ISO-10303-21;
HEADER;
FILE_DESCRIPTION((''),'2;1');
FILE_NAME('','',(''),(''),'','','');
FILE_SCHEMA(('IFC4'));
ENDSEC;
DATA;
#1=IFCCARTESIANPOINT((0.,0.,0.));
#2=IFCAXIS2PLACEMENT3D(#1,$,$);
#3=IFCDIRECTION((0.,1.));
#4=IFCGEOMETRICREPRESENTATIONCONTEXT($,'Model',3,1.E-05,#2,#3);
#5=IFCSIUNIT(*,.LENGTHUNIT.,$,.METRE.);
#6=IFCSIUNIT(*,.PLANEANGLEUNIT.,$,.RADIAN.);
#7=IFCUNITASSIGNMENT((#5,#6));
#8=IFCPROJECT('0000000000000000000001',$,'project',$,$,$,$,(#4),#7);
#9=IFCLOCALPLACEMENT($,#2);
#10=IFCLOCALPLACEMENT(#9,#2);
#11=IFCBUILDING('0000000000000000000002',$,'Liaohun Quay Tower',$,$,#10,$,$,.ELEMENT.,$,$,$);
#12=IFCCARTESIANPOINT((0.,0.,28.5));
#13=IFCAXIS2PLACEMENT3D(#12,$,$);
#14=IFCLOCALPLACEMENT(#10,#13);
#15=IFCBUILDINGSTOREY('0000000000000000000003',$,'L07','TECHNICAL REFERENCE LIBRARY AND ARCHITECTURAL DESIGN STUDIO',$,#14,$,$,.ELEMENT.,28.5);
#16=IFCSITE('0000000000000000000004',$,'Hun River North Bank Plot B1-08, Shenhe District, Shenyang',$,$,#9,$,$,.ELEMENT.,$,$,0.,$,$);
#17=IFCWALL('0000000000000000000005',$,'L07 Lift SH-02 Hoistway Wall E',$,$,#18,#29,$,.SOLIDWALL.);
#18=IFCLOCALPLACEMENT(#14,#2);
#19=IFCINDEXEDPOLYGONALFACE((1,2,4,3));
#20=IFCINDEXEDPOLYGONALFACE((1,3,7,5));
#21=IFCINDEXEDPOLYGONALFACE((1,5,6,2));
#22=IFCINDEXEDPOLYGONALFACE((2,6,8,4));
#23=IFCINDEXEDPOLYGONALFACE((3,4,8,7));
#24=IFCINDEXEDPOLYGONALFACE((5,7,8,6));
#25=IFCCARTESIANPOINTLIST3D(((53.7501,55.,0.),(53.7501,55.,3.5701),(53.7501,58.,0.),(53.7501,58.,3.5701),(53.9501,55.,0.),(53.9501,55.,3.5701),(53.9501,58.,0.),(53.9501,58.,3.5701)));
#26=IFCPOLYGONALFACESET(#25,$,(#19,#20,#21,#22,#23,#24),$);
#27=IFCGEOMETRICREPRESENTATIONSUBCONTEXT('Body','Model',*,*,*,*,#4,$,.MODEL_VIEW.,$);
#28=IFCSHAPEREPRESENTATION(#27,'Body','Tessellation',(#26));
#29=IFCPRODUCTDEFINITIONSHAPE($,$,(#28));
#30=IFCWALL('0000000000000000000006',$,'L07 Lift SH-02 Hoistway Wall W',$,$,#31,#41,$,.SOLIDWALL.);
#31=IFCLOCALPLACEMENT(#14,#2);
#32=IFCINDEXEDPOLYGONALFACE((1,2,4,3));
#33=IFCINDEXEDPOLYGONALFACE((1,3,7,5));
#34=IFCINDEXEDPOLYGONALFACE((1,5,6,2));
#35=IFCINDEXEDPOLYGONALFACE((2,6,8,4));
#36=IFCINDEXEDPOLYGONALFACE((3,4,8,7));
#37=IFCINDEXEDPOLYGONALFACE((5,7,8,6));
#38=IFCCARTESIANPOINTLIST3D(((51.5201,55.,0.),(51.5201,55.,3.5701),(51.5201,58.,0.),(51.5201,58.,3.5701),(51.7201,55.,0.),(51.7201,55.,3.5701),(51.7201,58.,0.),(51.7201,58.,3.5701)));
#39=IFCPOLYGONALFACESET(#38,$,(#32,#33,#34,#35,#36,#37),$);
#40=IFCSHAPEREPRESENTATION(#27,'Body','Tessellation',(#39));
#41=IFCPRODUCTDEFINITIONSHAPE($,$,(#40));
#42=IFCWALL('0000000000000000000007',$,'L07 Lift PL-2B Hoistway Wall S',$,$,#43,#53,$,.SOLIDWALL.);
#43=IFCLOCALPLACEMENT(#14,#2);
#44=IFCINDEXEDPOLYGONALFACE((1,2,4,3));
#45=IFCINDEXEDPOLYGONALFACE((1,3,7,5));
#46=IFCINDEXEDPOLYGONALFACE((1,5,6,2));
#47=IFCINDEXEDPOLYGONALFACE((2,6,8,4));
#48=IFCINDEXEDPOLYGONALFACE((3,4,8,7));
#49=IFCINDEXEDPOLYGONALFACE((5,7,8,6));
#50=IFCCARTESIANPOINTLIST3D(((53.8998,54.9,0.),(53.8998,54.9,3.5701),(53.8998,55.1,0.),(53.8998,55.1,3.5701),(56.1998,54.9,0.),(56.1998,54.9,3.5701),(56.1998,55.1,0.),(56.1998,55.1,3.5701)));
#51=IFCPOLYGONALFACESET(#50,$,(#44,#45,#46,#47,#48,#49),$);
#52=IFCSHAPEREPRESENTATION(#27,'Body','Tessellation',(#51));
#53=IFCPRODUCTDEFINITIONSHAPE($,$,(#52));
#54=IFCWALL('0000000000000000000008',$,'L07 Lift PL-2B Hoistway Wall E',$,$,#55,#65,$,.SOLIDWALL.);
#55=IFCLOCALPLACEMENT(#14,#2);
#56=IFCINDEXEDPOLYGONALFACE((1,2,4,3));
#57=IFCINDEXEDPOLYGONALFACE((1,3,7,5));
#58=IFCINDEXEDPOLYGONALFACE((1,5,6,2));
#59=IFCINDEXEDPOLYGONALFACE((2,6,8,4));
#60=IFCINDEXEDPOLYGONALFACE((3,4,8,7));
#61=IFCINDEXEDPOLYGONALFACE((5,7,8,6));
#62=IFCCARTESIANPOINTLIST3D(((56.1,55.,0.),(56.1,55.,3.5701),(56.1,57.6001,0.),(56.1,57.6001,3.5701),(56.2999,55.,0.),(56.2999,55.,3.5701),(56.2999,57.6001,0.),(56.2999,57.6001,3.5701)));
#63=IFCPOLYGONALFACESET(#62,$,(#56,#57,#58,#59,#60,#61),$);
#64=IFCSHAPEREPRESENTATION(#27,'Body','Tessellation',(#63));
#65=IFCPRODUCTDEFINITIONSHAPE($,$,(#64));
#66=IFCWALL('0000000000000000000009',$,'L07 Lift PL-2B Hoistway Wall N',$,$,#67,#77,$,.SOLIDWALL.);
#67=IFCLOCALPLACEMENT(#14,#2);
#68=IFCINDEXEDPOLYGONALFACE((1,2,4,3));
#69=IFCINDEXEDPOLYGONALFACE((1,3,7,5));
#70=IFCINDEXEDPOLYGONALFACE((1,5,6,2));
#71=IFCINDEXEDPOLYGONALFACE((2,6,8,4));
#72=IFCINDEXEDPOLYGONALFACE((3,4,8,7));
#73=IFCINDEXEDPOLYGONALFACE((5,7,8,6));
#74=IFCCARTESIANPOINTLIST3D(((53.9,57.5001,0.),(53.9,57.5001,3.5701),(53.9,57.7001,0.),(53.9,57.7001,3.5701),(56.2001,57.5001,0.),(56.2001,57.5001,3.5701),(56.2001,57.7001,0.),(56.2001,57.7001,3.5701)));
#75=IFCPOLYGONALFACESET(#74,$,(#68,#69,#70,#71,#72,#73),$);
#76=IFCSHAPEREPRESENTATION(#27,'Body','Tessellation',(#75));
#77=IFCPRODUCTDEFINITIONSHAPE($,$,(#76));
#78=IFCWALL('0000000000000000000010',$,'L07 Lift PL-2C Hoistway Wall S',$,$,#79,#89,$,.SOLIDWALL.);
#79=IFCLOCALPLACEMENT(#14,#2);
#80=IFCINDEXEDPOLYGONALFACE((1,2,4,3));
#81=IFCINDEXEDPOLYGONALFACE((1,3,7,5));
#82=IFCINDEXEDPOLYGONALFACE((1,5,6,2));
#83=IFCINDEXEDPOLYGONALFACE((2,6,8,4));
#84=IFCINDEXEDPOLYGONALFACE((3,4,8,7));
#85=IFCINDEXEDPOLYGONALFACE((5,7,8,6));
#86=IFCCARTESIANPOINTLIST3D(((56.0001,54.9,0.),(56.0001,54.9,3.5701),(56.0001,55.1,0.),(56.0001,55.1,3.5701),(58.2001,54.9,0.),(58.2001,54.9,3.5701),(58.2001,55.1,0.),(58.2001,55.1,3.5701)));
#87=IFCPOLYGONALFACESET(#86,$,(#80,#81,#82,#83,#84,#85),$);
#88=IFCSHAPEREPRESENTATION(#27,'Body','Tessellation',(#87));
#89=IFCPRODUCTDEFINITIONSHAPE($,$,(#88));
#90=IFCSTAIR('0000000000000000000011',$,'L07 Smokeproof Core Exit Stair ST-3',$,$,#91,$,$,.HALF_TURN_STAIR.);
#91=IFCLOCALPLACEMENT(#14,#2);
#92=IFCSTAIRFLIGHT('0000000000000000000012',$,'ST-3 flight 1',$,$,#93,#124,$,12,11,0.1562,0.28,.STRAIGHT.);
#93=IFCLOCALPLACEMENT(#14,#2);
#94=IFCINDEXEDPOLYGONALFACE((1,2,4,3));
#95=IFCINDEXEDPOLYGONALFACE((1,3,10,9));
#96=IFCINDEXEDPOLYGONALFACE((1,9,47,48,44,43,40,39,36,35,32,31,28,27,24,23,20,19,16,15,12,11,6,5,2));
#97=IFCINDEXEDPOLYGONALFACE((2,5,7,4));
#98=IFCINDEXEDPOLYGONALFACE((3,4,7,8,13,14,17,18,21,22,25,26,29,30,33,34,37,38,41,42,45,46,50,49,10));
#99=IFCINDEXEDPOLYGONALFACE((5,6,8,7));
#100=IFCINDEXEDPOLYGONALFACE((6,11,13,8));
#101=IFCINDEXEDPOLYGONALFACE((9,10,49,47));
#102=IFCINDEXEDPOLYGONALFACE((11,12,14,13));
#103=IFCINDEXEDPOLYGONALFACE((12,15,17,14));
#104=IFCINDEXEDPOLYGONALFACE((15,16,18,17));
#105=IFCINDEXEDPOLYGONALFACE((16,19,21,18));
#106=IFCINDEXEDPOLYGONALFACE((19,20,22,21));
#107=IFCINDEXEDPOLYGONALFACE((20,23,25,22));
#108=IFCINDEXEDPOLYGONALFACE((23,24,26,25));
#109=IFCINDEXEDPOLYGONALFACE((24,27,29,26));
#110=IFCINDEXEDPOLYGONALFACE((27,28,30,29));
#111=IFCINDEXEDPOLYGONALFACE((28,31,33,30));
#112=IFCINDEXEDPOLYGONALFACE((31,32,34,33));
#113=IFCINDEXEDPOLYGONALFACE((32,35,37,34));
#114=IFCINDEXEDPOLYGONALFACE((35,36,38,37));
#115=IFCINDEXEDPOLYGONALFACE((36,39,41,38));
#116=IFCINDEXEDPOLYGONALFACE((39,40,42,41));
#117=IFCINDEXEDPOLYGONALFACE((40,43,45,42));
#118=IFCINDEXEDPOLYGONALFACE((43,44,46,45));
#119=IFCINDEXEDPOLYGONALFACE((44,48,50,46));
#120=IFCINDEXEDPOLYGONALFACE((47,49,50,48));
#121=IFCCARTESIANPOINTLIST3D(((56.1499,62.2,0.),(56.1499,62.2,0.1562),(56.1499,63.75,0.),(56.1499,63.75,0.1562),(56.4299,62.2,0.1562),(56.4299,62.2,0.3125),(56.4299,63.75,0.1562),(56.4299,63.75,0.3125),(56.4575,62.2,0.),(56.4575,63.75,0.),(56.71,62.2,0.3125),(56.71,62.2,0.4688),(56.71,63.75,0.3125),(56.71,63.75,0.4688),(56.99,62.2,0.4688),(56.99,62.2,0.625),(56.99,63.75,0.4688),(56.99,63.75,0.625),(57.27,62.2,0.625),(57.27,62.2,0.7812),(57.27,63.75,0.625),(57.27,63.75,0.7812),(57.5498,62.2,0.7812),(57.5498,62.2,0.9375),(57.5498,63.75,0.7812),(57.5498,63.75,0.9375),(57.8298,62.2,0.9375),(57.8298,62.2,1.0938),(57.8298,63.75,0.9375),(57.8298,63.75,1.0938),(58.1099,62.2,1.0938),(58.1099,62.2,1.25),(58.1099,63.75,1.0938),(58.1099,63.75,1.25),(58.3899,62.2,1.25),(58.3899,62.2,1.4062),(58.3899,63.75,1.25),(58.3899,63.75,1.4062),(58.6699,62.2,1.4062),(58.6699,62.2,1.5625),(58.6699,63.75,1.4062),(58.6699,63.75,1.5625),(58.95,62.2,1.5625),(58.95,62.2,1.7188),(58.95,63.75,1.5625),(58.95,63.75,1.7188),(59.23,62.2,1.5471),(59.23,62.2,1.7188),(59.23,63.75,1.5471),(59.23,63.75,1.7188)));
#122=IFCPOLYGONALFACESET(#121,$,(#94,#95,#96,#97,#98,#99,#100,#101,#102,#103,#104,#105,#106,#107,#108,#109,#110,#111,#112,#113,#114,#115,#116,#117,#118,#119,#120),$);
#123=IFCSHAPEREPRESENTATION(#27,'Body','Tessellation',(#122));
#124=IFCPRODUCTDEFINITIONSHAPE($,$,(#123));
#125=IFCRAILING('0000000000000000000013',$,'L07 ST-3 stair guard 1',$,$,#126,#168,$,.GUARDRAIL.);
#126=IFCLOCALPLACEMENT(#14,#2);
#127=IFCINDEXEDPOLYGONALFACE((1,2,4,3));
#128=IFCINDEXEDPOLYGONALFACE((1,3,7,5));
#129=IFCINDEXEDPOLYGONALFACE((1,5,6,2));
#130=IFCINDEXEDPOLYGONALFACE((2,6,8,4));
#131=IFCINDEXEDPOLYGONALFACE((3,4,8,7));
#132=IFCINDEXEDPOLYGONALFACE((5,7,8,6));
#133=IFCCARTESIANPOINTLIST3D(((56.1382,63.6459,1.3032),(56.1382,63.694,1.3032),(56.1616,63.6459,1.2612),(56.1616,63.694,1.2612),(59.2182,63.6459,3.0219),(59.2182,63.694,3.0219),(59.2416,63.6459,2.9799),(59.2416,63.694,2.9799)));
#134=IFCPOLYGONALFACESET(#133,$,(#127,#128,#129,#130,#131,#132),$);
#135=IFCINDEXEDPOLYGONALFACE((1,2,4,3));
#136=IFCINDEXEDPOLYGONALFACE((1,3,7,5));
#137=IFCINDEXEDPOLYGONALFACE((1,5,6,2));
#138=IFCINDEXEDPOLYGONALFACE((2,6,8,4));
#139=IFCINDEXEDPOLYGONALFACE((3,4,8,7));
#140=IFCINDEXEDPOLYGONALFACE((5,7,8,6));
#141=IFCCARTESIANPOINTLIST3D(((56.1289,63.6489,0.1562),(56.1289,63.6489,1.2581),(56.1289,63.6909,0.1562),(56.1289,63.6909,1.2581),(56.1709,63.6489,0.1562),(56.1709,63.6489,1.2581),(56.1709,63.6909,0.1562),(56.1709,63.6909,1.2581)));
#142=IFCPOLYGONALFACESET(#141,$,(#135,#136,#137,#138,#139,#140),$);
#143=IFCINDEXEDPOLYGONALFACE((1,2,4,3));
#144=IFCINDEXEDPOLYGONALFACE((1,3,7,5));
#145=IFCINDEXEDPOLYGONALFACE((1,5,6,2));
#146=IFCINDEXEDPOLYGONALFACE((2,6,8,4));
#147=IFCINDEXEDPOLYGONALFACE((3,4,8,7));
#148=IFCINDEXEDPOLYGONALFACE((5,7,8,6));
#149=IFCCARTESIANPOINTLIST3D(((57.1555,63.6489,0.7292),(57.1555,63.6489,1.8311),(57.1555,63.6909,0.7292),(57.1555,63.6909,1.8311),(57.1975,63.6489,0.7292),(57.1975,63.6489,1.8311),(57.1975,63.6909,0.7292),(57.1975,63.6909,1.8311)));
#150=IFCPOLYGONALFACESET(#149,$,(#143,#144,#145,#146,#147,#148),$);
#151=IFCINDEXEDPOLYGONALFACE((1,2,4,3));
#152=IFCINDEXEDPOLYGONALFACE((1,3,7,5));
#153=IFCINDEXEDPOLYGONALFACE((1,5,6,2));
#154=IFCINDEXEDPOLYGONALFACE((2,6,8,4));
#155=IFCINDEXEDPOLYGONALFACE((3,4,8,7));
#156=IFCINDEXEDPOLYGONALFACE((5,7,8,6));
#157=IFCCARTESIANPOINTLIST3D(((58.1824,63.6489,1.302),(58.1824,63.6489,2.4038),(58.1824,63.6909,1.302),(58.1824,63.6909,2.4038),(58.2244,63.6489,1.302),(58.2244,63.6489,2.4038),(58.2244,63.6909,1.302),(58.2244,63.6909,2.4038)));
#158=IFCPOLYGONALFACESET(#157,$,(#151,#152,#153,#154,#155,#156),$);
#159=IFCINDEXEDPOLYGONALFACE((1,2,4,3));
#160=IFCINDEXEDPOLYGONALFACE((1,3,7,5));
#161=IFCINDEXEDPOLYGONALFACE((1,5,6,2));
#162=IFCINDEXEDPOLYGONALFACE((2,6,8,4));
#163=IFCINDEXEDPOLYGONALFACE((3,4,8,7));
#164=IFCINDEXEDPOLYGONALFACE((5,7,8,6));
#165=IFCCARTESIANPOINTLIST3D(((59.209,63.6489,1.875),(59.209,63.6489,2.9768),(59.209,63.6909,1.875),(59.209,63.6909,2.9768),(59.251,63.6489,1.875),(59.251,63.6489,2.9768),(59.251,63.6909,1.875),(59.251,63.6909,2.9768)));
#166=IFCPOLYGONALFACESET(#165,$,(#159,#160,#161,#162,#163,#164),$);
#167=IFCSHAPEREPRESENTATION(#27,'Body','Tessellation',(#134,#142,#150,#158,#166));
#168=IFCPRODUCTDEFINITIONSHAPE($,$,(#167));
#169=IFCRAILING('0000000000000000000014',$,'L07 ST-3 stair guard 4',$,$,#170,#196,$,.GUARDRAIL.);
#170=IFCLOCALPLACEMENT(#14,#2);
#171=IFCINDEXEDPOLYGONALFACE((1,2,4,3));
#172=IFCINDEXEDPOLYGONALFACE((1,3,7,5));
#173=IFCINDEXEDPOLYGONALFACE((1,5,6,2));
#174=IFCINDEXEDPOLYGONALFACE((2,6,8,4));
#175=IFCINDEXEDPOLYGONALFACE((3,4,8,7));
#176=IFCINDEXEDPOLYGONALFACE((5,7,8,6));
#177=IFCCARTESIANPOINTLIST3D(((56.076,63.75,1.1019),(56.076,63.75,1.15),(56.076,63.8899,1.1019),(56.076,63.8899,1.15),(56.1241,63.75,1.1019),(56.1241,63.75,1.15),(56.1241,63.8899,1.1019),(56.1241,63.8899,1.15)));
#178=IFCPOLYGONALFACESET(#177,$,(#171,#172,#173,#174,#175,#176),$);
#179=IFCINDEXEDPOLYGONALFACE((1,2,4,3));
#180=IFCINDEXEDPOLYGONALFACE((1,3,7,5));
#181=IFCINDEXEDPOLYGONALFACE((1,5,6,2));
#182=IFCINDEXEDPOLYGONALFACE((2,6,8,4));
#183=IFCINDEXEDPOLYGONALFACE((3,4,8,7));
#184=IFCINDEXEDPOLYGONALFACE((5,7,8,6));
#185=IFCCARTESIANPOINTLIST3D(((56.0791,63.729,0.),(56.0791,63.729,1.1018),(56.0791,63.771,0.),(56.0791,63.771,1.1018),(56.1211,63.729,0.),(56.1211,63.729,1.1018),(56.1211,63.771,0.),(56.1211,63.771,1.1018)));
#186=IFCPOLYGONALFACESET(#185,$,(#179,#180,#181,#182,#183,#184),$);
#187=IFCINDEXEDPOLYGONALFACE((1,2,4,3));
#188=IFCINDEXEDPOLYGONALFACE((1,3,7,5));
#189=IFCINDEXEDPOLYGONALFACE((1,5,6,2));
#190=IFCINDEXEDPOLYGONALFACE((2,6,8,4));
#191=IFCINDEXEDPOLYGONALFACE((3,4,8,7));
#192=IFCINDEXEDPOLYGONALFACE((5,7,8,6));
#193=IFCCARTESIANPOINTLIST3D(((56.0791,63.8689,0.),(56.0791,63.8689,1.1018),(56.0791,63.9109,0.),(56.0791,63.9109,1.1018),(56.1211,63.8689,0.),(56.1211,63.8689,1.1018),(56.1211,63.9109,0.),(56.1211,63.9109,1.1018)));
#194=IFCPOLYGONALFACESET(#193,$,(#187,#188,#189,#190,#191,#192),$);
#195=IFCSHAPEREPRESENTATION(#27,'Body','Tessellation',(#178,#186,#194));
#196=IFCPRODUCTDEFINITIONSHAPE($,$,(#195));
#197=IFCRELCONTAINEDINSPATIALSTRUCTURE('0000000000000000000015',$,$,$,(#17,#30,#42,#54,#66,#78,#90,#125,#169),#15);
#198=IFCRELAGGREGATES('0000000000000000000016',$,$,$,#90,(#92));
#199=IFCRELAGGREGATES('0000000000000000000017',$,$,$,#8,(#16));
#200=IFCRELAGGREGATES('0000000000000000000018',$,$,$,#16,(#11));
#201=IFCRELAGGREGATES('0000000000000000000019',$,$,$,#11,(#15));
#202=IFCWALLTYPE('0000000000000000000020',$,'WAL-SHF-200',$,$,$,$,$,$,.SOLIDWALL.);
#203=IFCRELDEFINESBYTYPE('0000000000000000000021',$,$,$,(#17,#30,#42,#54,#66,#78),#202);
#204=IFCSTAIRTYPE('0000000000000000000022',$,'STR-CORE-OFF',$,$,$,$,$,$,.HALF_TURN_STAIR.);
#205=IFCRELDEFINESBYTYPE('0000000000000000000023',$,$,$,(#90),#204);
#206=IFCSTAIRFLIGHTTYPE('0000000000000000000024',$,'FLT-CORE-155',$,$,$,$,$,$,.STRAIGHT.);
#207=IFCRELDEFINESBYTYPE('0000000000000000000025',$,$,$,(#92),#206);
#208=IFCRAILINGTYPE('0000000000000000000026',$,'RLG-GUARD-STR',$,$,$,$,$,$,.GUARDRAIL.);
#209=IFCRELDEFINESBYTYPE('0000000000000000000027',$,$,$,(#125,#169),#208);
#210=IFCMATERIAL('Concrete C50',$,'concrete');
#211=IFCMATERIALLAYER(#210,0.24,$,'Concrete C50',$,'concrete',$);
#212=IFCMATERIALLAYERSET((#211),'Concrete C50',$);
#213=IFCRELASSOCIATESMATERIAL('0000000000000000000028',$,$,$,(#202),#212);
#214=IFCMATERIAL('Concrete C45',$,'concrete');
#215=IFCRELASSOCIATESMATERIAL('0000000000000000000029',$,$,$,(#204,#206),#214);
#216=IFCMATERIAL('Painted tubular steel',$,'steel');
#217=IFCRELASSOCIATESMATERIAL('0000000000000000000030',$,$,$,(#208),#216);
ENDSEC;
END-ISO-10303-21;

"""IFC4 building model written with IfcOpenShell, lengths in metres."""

from ifc_helpers import new_model, si_unit, direction, frame, frame_2d, origin, origin_2d, place, context, subcontext, project, spatial, polyline, rectangle, outline, extrude, material, layer, layer_set, type_object, element, aggregate, save


model = new_model("IFC4")

# Units and contexts
model_context = context("Model", 3, precision=1e-05, world=origin(), true_north=direction((0.0, 1.0)))
body_context = subcontext(model_context, "Body", "Model", "MODEL_VIEW")
ifc_project = project(units=[si_unit("LENGTHUNIT", "METRE"), si_unit("PLANEANGLEUNIT", "RADIAN")], contexts=[model_context])

# Site, building, storey
site_placement = place(None, origin())
site = spatial("IfcSite", under=ifc_project, at=site_placement, Name="Hun River North Bank Plot B1-08, Shenhe District, Shenyang", CompositionType="ELEMENT", RefElevation=0.0)
building_placement = place(site_placement, origin())
building = spatial("IfcBuilding", under=site, at=building_placement, Name="Liaohun Quay Tower", CompositionType="ELEMENT")
storey_placement = place(building_placement, frame((0.0, 0.0, 28.5)))
storey = spatial("IfcBuildingStorey", under=building, at=storey_placement, Name="L07", Description="TECHNICAL REFERENCE LIBRARY AND ARCHITECTURAL DESIGN STUDIO", CompositionType="ELEMENT", Elevation=28.5)

# Walls
ifc_material_1 = material(Name="Concrete C50", Category="concrete")
ifc_layer_1 = layer(ifc_material_1, 0.24, Name="Concrete C50", Category="concrete")
ifc_layer_set_1 = layer_set([ifc_layer_1], Name="Concrete C50")
wall_type_1 = type_object("IfcWallType", Name="WAL-SHF-200", PredefinedType="SOLIDWALL", material=ifc_layer_set_1)
for number, where, z_axis, x_axis, name in (
    (1, (53.8501, 55.0, 0.0), (0.0, 0.0, 1.0), (0.0, 1.0, 0.0), "L07 Lift SH-02 Hoistway Wall E"),
    (2, (51.6201, 58.0, 0.0), (0.0, 0.0, 1.0), (0.0, -1.0, 0.0), "L07 Lift SH-02 Hoistway Wall W"),
):
    element("IfcWall", number, at=place(storey_placement, frame(where, z_axis=z_axis, x_axis=x_axis)), inside=storey, type_object=wall_type_1, Name=name, PredefinedType="SOLIDWALL", context=body_context, shape_type="SweptSolid", body=[
        extrude(rectangle(XDim=3.0, YDim=0.2, at=frame_2d((1.5, 0.0))), origin(), (0.0, 0.0, 1.0), 3.5701),
    ])
wall_1_placement = place(storey_placement, frame((53.8999, 55.0, 0.0), z_axis=(0.0, 0.0, 1.0), x_axis=(1.0, 0.0, 0.0)))
element("IfcWall", 3, at=wall_1_placement, inside=storey, type_object=wall_type_1, Name="L07 Lift PL-2B Hoistway Wall S", PredefinedType="SOLIDWALL", context=body_context, shape_type="SweptSolid", body=[
    extrude(rectangle(XDim=2.3, YDim=0.2, at=frame_2d((1.1499, 0.0))), origin(), (0.0, 0.0, 1.0), 3.5701),
])
wall_2_placement = place(storey_placement, frame((56.2, 55.0, 0.0), z_axis=(0.0, 0.0, 1.0), x_axis=(0.0, 1.0, 0.0)))
element("IfcWall", 4, at=wall_2_placement, inside=storey, type_object=wall_type_1, Name="L07 Lift PL-2B Hoistway Wall E", PredefinedType="SOLIDWALL", context=body_context, shape_type="SweptSolid", body=[
    extrude(rectangle(XDim=2.6001, YDim=0.2, at=frame_2d((1.3, 0.0))), origin(), (0.0, 0.0, 1.0), 3.5701),
])
wall_3_placement = place(storey_placement, frame((56.2, 57.6001, 0.0), z_axis=(0.0, 0.0, 1.0), x_axis=(-1.0, 0.0, 0.0)))
element("IfcWall", 5, at=wall_3_placement, inside=storey, type_object=wall_type_1, Name="L07 Lift PL-2B Hoistway Wall N", PredefinedType="SOLIDWALL", context=body_context, shape_type="SweptSolid", body=[
    extrude(rectangle(XDim=2.3, YDim=0.2, at=frame_2d((1.1499, 0.0))), origin(), (0.0, 0.0, 1.0), 3.5701),
])
wall_4_placement = place(storey_placement, frame((56.0, 55.0, 0.0), z_axis=(0.0, 0.0, 1.0), x_axis=(1.0, 0.0, 0.0)))
element("IfcWall", 6, at=wall_4_placement, inside=storey, type_object=wall_type_1, Name="L07 Lift PL-2C Hoistway Wall S", PredefinedType="SOLIDWALL", context=body_context, shape_type="SweptSolid", body=[
    extrude(rectangle(XDim=2.2, YDim=0.2, at=frame_2d((1.1001, 0.0))), origin(), (0.0, 0.0, 1.0), 3.5701),
])

# Stair, stair flight
ifc_material_2 = material(Name="Concrete C45", Category="concrete")
stair_type = type_object("IfcStairType", Name="STR-CORE-OFF", PredefinedType="HALF_TURN_STAIR", material=ifc_material_2)
stair_placement = place(storey_placement, origin())
stair = element("IfcStair", 7, at=stair_placement, inside=storey, type_object=stair_type, Name="L07 Smokeproof Core Exit Stair ST-3", PredefinedType="HALF_TURN_STAIR")
stair_flight_type = type_object("IfcStairFlightType", Name="FLT-CORE-155", PredefinedType="STRAIGHT", material=ifc_material_2)
stair_flight_placement = place(storey_placement, frame((56.1499, 62.9751, 0.0), z_axis=(0.0, 0.0, 1.0), x_axis=(1.0, 0.0, 0.0)))
stair_flight = element("IfcStairFlight", 8, at=stair_flight_placement, type_object=stair_flight_type, Name="ST-3 flight 1", NumberOfRisers=12, NumberOfTreads=11, PredefinedType="STRAIGHT", RiserHeight=0.1562, TreadLength=0.28, context=body_context, shape_type="SweptSolid", body=[
    extrude(outline(polyline([(0.0, 0.0), (0.0, 0.1562), (0.28, 0.1562), (0.28, 0.3125), (0.5601, 0.3125), (0.5601, 0.4688), (0.8401, 0.4688), (0.8401, 0.625), (1.1201, 0.625), (1.1201, 0.7812), (1.3999, 0.7812), (1.3999, 0.9375), (1.6799, 0.9375), (1.6799, 1.0938), (1.96, 1.0938), (1.96, 1.25), (2.24, 1.25), (2.24, 1.4062), (2.52, 1.4062), (2.52, 1.5625), (2.8, 1.5625), (2.8, 1.7188), (3.0801, 1.7188), (3.0801, 1.875), (3.0801, 1.5471), (0.3076, 0.0), (0.0, 0.0)])), frame((0.0, 0.7749, 0.0), z_axis=(0.0, -1.0, 0.0), x_axis=(1.0, 0.0, 0.0)), (0.0, 0.0, 1.0), 1.55),
])
aggregate(stair, [stair_flight])

# Railings
ifc_material_3 = material(Name="Painted tubular steel", Category="steel")
railing_type_1 = type_object("IfcRailingType", Name="RLG-GUARD-STR", PredefinedType="GUARDRAIL", material=ifc_material_3)
railing_1_placement = place(storey_placement, frame((56.1499, 63.6699, 0.1562)))
element("IfcRailing", 9, at=railing_1_placement, inside=storey, type_object=railing_type_1, Name="L07 ST-3 stair guard 1", PredefinedType="GUARDRAIL", context=body_context, shape_type="SweptSolid", body=[
    extrude(rectangle(XDim=0.0481, YDim=0.0481, at=origin_2d()), frame((0.0, 0.0, 1.126), z_axis=(0.873242, 0.0, 0.487288), x_axis=(0.0, 1.0, 0.0)), (0.0, 0.0, 1.0), 3.5271),
    extrude(rectangle(XDim=0.042, YDim=0.042, at=origin_2d()), origin(), (0.0, 0.0, 1.0), 1.1018),
    extrude(rectangle(XDim=0.042, YDim=0.042, at=origin_2d()), frame((1.0266, 0.0, 0.573)), (0.0, 0.0, 1.0), 1.1018),
    extrude(rectangle(XDim=0.042, YDim=0.042, at=origin_2d()), frame((2.0535, 0.0, 1.1458)), (0.0, 0.0, 1.0), 1.1018),
    extrude(rectangle(XDim=0.042, YDim=0.042, at=origin_2d()), frame((3.0801, 0.0, 1.7188)), (0.0, 0.0, 1.0), 1.1018),
])
railing_2_placement = place(storey_placement, frame((56.1001, 63.75, 0.0)))
element("IfcRailing", 10, at=railing_2_placement, inside=storey, type_object=railing_type_1, Name="L07 ST-3 stair guard 4", PredefinedType="GUARDRAIL", context=body_context, shape_type="SweptSolid", body=[
    extrude(rectangle(XDim=0.0481, YDim=0.0481, at=origin_2d()), frame((0.0, 0.0, 1.126), z_axis=(0.0, 1.0, 0.0), x_axis=(-1.0, 0.0, 0.0)), (0.0, 0.0, 1.0), 0.1399),
    extrude(rectangle(XDim=0.042, YDim=0.042, at=origin_2d()), origin(), (0.0, 0.0, 1.0), 1.1018),
    extrude(rectangle(XDim=0.042, YDim=0.042, at=origin_2d()), frame((0.0, 0.1399, 0.0)), (0.0, 0.0, 1.0), 1.1018),
])

save(model, "model.ifc")
